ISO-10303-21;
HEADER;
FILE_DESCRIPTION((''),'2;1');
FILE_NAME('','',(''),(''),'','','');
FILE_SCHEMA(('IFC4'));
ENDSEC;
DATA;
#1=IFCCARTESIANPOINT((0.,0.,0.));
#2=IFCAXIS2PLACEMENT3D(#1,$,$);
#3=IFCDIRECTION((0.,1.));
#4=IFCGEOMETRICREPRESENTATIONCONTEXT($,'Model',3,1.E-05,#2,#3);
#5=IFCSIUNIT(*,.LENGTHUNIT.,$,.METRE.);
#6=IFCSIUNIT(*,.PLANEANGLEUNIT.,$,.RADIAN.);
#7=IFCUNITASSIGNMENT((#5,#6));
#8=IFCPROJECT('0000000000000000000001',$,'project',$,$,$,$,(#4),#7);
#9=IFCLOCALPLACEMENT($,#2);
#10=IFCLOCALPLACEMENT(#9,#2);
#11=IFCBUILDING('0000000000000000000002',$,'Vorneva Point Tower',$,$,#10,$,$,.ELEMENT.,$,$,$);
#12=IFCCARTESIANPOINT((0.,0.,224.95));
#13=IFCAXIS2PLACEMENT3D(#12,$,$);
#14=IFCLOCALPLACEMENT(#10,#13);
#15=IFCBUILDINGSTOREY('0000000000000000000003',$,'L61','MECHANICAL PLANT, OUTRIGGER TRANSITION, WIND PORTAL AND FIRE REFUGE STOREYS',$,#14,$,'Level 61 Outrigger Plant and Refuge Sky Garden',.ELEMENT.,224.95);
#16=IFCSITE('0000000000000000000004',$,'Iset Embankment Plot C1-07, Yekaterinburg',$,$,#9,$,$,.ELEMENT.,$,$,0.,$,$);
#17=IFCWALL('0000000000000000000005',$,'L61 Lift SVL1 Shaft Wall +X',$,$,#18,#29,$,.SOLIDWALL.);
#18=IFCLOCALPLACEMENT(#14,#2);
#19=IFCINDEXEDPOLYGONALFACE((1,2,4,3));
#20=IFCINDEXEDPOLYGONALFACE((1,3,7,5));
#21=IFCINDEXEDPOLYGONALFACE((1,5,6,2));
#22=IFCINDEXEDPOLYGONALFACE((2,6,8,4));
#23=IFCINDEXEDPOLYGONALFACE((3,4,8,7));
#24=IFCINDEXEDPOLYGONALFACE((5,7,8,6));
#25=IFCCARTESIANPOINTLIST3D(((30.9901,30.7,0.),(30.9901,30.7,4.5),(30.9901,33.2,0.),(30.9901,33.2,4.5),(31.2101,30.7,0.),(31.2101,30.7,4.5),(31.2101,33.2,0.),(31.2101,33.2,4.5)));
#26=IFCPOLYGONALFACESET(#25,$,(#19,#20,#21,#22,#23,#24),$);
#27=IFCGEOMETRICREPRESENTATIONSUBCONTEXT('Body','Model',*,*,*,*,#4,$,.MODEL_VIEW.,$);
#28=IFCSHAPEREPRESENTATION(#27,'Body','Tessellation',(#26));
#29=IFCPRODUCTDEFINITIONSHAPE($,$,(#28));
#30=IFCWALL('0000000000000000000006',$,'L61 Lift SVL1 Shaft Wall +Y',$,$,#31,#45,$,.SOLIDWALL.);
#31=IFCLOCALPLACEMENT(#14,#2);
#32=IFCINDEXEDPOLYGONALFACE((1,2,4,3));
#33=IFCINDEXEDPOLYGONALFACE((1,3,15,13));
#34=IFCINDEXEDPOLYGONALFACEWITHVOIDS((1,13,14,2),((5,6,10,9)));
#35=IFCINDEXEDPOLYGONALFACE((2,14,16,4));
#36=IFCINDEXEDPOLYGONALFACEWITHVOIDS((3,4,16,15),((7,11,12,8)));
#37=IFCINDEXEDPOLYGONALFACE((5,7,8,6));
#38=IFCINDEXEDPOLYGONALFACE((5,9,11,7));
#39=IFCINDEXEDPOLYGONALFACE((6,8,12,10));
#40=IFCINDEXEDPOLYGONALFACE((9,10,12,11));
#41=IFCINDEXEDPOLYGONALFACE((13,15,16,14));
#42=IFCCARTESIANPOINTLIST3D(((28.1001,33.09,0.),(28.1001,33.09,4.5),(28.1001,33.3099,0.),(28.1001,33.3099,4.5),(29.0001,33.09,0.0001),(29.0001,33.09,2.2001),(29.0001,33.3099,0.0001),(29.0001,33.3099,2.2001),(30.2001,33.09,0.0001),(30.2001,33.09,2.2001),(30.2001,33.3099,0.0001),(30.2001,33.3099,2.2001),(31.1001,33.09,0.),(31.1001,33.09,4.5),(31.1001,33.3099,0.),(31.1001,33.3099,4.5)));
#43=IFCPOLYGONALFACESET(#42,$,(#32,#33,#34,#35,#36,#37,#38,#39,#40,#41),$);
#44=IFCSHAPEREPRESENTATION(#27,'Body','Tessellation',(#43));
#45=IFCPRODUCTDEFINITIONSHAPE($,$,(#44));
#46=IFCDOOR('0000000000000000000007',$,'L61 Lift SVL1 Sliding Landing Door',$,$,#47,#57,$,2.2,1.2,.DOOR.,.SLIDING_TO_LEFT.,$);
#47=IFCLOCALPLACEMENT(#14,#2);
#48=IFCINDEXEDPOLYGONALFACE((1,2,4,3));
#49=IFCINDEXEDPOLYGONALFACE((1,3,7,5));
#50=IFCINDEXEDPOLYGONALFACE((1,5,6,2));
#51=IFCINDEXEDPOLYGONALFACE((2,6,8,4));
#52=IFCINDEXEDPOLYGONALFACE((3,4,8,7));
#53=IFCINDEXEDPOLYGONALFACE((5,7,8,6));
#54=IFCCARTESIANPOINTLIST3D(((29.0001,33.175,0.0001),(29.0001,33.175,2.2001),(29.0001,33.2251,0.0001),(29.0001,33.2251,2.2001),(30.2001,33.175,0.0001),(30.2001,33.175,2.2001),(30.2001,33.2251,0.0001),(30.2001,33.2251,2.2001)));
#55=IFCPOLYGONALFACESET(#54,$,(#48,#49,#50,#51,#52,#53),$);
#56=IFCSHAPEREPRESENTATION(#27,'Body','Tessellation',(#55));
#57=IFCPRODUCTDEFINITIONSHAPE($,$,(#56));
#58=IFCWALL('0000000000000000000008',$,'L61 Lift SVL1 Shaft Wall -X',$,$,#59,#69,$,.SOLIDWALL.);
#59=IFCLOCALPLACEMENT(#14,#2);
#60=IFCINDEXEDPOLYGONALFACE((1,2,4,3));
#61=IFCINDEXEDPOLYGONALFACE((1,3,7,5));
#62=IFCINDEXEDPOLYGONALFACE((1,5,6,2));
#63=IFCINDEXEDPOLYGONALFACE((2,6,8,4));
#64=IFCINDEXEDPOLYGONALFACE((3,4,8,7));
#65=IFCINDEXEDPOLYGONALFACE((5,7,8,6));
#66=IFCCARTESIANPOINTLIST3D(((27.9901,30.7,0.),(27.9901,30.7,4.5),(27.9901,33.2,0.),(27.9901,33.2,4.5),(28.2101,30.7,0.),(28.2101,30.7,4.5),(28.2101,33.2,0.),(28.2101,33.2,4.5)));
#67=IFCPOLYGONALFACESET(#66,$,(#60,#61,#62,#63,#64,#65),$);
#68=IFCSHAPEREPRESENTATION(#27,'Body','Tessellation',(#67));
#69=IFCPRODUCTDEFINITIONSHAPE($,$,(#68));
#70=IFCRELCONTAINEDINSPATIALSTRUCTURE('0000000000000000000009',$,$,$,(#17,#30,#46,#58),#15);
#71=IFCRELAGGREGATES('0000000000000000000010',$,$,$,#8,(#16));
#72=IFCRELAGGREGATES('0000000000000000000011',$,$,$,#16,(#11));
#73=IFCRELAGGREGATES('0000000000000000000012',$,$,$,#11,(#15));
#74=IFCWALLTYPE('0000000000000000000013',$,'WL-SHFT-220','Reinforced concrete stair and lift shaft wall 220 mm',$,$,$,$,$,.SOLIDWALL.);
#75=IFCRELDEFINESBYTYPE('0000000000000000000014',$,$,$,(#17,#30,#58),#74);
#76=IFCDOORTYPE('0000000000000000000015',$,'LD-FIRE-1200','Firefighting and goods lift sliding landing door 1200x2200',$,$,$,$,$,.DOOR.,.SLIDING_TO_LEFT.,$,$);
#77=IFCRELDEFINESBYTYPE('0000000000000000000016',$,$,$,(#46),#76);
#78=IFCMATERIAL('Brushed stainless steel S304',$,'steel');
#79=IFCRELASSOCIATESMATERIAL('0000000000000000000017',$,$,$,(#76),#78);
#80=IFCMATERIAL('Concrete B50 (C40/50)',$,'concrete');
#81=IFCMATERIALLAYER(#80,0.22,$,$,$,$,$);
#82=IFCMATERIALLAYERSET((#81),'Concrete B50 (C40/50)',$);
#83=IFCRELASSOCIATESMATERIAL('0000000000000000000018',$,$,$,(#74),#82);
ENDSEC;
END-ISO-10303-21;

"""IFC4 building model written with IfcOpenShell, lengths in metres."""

from ifc_helpers import new_model, si_unit, direction, frame, frame_2d, origin, place, context, subcontext, project, spatial, rectangle, extrude, material, layer, layer_set, type_object, element, fill, save


model = new_model("IFC4")

# Units and contexts
model_context = context("Model", 3, precision=1e-05, world=origin(), true_north=direction((0.0, 1.0)))
body_context = subcontext(model_context, "Body", "Model", "MODEL_VIEW")
ifc_project = project(units=[si_unit("LENGTHUNIT", "METRE"), si_unit("PLANEANGLEUNIT", "RADIAN")], contexts=[model_context])

# Site, building, storey
site_placement = place(None, origin())
site = spatial("IfcSite", under=ifc_project, at=site_placement, Name="Iset Embankment Plot C1-07, Yekaterinburg", CompositionType="ELEMENT", RefElevation=0.0)
building_placement = place(site_placement, origin())
building = spatial("IfcBuilding", under=site, at=building_placement, Name="Vorneva Point Tower", CompositionType="ELEMENT")
storey_placement = place(building_placement, frame((0.0, 0.0, 224.95)))
storey = spatial("IfcBuildingStorey", under=building, at=storey_placement, Name="L61", Description="MECHANICAL PLANT, OUTRIGGER TRANSITION, WIND PORTAL AND FIRE REFUGE STOREYS", LongName="Level 61 Outrigger Plant and Refuge Sky Garden", CompositionType="ELEMENT", Elevation=224.95)

# Shared definitions
ifc_material_1 = material(Name="Concrete B50 (C40/50)", Category="concrete")

# Shared definitions
ifc_material_2 = material(Name="Brushed stainless steel S304", Category="steel")
door_type_1 = type_object("IfcDoorType", Name="LD-FIRE-1200", Description="Firefighting and goods lift sliding landing door 1200x2200", OperationType="SLIDING_TO_LEFT", PredefinedType="DOOR", material=ifc_material_2)

# Wall
ifc_layer_1 = layer(ifc_material_1, 0.22)
ifc_layer_set_1 = layer_set([ifc_layer_1], Name="Concrete B50 (C40/50)")
wall_type_1 = type_object("IfcWallType", Name="WL-SHFT-220", Description="Reinforced concrete stair and lift shaft wall 220 mm", PredefinedType="SOLIDWALL", material=ifc_layer_set_1)
wall_1_placement = place(storey_placement, frame((31.1001, 30.7, 0.0), z_axis=(0.0, 0.0, 1.0), x_axis=(0.0, 1.0, 0.0)))
element("IfcWall", 1, at=wall_1_placement, inside=storey, type_object=wall_type_1, Name="L61 Lift SVL1 Shaft Wall +X", PredefinedType="SOLIDWALL", context=body_context, shape_type="SweptSolid", body=[
    extrude(rectangle(XDim=2.5, YDim=0.22, at=frame_2d((1.25, 0.0))), origin(), (0.0, 0.0, 1.0), 4.5),
])

# Wall, opening, door
wall_2_placement = place(storey_placement, frame((31.1001, 33.2, 0.0), z_axis=(0.0, 0.0, 1.0), x_axis=(-1.0, 0.0, 0.0)))
wall_2 = element("IfcWall", 2, at=wall_2_placement, inside=storey, type_object=wall_type_1, Name="L61 Lift SVL1 Shaft Wall +Y", PredefinedType="SOLIDWALL", context=body_context, shape_type="SweptSolid", body=[
    extrude(rectangle(XDim=3.0, YDim=0.22, at=frame_2d((1.5, 0.0))), origin(), (0.0, 0.0, 1.0), 4.5),
])
opening_1_placement = place(wall_2_placement, frame((0.8999, 0.0, 0.0)))
opening_1 = element("IfcOpeningElement", 3, at=opening_1_placement, cuts=wall_2, PredefinedType="OPENING", context=body_context, shape_type="SweptSolid", body=[
    extrude(rectangle(XDim=1.2, YDim=2.2, at=frame_2d((0.6001, 1.1001))), frame((0.0, 0.125, 0.0), z_axis=(0.0, -1.0, 0.0), x_axis=(1.0, 0.0, 0.0)), (0.0, 0.0, 1.0), 0.2498),
])
door_1_placement = place(opening_1_placement, origin())
door_1 = element("IfcDoor", 4, at=door_1_placement, inside=storey, type_object=door_type_1, Name="L61 Lift SVL1 Sliding Landing Door", OperationType="SLIDING_TO_LEFT", OverallHeight=2.2, OverallWidth=1.2, PredefinedType="DOOR", context=body_context, shape_type="SweptSolid", body=[
    extrude(rectangle(XDim=1.2, YDim=2.2, at=frame_2d((0.6001, 1.1001))), frame((0.0, 0.0249, 0.0), z_axis=(0.0, -1.0, 0.0), x_axis=(1.0, 0.0, 0.0)), (0.0, 0.0, 1.0), 0.05),
])
fill(opening_1, door_1)

# Wall
wall_3_placement = place(storey_placement, frame((28.1001, 33.2, 0.0), z_axis=(0.0, 0.0, 1.0), x_axis=(0.0, -1.0, 0.0)))
element("IfcWall", 5, at=wall_3_placement, inside=storey, type_object=wall_type_1, Name="L61 Lift SVL1 Shaft Wall -X", PredefinedType="SOLIDWALL", context=body_context, shape_type="SweptSolid", body=[
    extrude(rectangle(XDim=2.5, YDim=0.22, at=frame_2d((1.25, 0.0))), origin(), (0.0, 0.0, 1.0), 4.5),
])

save(model, "model.ifc")
